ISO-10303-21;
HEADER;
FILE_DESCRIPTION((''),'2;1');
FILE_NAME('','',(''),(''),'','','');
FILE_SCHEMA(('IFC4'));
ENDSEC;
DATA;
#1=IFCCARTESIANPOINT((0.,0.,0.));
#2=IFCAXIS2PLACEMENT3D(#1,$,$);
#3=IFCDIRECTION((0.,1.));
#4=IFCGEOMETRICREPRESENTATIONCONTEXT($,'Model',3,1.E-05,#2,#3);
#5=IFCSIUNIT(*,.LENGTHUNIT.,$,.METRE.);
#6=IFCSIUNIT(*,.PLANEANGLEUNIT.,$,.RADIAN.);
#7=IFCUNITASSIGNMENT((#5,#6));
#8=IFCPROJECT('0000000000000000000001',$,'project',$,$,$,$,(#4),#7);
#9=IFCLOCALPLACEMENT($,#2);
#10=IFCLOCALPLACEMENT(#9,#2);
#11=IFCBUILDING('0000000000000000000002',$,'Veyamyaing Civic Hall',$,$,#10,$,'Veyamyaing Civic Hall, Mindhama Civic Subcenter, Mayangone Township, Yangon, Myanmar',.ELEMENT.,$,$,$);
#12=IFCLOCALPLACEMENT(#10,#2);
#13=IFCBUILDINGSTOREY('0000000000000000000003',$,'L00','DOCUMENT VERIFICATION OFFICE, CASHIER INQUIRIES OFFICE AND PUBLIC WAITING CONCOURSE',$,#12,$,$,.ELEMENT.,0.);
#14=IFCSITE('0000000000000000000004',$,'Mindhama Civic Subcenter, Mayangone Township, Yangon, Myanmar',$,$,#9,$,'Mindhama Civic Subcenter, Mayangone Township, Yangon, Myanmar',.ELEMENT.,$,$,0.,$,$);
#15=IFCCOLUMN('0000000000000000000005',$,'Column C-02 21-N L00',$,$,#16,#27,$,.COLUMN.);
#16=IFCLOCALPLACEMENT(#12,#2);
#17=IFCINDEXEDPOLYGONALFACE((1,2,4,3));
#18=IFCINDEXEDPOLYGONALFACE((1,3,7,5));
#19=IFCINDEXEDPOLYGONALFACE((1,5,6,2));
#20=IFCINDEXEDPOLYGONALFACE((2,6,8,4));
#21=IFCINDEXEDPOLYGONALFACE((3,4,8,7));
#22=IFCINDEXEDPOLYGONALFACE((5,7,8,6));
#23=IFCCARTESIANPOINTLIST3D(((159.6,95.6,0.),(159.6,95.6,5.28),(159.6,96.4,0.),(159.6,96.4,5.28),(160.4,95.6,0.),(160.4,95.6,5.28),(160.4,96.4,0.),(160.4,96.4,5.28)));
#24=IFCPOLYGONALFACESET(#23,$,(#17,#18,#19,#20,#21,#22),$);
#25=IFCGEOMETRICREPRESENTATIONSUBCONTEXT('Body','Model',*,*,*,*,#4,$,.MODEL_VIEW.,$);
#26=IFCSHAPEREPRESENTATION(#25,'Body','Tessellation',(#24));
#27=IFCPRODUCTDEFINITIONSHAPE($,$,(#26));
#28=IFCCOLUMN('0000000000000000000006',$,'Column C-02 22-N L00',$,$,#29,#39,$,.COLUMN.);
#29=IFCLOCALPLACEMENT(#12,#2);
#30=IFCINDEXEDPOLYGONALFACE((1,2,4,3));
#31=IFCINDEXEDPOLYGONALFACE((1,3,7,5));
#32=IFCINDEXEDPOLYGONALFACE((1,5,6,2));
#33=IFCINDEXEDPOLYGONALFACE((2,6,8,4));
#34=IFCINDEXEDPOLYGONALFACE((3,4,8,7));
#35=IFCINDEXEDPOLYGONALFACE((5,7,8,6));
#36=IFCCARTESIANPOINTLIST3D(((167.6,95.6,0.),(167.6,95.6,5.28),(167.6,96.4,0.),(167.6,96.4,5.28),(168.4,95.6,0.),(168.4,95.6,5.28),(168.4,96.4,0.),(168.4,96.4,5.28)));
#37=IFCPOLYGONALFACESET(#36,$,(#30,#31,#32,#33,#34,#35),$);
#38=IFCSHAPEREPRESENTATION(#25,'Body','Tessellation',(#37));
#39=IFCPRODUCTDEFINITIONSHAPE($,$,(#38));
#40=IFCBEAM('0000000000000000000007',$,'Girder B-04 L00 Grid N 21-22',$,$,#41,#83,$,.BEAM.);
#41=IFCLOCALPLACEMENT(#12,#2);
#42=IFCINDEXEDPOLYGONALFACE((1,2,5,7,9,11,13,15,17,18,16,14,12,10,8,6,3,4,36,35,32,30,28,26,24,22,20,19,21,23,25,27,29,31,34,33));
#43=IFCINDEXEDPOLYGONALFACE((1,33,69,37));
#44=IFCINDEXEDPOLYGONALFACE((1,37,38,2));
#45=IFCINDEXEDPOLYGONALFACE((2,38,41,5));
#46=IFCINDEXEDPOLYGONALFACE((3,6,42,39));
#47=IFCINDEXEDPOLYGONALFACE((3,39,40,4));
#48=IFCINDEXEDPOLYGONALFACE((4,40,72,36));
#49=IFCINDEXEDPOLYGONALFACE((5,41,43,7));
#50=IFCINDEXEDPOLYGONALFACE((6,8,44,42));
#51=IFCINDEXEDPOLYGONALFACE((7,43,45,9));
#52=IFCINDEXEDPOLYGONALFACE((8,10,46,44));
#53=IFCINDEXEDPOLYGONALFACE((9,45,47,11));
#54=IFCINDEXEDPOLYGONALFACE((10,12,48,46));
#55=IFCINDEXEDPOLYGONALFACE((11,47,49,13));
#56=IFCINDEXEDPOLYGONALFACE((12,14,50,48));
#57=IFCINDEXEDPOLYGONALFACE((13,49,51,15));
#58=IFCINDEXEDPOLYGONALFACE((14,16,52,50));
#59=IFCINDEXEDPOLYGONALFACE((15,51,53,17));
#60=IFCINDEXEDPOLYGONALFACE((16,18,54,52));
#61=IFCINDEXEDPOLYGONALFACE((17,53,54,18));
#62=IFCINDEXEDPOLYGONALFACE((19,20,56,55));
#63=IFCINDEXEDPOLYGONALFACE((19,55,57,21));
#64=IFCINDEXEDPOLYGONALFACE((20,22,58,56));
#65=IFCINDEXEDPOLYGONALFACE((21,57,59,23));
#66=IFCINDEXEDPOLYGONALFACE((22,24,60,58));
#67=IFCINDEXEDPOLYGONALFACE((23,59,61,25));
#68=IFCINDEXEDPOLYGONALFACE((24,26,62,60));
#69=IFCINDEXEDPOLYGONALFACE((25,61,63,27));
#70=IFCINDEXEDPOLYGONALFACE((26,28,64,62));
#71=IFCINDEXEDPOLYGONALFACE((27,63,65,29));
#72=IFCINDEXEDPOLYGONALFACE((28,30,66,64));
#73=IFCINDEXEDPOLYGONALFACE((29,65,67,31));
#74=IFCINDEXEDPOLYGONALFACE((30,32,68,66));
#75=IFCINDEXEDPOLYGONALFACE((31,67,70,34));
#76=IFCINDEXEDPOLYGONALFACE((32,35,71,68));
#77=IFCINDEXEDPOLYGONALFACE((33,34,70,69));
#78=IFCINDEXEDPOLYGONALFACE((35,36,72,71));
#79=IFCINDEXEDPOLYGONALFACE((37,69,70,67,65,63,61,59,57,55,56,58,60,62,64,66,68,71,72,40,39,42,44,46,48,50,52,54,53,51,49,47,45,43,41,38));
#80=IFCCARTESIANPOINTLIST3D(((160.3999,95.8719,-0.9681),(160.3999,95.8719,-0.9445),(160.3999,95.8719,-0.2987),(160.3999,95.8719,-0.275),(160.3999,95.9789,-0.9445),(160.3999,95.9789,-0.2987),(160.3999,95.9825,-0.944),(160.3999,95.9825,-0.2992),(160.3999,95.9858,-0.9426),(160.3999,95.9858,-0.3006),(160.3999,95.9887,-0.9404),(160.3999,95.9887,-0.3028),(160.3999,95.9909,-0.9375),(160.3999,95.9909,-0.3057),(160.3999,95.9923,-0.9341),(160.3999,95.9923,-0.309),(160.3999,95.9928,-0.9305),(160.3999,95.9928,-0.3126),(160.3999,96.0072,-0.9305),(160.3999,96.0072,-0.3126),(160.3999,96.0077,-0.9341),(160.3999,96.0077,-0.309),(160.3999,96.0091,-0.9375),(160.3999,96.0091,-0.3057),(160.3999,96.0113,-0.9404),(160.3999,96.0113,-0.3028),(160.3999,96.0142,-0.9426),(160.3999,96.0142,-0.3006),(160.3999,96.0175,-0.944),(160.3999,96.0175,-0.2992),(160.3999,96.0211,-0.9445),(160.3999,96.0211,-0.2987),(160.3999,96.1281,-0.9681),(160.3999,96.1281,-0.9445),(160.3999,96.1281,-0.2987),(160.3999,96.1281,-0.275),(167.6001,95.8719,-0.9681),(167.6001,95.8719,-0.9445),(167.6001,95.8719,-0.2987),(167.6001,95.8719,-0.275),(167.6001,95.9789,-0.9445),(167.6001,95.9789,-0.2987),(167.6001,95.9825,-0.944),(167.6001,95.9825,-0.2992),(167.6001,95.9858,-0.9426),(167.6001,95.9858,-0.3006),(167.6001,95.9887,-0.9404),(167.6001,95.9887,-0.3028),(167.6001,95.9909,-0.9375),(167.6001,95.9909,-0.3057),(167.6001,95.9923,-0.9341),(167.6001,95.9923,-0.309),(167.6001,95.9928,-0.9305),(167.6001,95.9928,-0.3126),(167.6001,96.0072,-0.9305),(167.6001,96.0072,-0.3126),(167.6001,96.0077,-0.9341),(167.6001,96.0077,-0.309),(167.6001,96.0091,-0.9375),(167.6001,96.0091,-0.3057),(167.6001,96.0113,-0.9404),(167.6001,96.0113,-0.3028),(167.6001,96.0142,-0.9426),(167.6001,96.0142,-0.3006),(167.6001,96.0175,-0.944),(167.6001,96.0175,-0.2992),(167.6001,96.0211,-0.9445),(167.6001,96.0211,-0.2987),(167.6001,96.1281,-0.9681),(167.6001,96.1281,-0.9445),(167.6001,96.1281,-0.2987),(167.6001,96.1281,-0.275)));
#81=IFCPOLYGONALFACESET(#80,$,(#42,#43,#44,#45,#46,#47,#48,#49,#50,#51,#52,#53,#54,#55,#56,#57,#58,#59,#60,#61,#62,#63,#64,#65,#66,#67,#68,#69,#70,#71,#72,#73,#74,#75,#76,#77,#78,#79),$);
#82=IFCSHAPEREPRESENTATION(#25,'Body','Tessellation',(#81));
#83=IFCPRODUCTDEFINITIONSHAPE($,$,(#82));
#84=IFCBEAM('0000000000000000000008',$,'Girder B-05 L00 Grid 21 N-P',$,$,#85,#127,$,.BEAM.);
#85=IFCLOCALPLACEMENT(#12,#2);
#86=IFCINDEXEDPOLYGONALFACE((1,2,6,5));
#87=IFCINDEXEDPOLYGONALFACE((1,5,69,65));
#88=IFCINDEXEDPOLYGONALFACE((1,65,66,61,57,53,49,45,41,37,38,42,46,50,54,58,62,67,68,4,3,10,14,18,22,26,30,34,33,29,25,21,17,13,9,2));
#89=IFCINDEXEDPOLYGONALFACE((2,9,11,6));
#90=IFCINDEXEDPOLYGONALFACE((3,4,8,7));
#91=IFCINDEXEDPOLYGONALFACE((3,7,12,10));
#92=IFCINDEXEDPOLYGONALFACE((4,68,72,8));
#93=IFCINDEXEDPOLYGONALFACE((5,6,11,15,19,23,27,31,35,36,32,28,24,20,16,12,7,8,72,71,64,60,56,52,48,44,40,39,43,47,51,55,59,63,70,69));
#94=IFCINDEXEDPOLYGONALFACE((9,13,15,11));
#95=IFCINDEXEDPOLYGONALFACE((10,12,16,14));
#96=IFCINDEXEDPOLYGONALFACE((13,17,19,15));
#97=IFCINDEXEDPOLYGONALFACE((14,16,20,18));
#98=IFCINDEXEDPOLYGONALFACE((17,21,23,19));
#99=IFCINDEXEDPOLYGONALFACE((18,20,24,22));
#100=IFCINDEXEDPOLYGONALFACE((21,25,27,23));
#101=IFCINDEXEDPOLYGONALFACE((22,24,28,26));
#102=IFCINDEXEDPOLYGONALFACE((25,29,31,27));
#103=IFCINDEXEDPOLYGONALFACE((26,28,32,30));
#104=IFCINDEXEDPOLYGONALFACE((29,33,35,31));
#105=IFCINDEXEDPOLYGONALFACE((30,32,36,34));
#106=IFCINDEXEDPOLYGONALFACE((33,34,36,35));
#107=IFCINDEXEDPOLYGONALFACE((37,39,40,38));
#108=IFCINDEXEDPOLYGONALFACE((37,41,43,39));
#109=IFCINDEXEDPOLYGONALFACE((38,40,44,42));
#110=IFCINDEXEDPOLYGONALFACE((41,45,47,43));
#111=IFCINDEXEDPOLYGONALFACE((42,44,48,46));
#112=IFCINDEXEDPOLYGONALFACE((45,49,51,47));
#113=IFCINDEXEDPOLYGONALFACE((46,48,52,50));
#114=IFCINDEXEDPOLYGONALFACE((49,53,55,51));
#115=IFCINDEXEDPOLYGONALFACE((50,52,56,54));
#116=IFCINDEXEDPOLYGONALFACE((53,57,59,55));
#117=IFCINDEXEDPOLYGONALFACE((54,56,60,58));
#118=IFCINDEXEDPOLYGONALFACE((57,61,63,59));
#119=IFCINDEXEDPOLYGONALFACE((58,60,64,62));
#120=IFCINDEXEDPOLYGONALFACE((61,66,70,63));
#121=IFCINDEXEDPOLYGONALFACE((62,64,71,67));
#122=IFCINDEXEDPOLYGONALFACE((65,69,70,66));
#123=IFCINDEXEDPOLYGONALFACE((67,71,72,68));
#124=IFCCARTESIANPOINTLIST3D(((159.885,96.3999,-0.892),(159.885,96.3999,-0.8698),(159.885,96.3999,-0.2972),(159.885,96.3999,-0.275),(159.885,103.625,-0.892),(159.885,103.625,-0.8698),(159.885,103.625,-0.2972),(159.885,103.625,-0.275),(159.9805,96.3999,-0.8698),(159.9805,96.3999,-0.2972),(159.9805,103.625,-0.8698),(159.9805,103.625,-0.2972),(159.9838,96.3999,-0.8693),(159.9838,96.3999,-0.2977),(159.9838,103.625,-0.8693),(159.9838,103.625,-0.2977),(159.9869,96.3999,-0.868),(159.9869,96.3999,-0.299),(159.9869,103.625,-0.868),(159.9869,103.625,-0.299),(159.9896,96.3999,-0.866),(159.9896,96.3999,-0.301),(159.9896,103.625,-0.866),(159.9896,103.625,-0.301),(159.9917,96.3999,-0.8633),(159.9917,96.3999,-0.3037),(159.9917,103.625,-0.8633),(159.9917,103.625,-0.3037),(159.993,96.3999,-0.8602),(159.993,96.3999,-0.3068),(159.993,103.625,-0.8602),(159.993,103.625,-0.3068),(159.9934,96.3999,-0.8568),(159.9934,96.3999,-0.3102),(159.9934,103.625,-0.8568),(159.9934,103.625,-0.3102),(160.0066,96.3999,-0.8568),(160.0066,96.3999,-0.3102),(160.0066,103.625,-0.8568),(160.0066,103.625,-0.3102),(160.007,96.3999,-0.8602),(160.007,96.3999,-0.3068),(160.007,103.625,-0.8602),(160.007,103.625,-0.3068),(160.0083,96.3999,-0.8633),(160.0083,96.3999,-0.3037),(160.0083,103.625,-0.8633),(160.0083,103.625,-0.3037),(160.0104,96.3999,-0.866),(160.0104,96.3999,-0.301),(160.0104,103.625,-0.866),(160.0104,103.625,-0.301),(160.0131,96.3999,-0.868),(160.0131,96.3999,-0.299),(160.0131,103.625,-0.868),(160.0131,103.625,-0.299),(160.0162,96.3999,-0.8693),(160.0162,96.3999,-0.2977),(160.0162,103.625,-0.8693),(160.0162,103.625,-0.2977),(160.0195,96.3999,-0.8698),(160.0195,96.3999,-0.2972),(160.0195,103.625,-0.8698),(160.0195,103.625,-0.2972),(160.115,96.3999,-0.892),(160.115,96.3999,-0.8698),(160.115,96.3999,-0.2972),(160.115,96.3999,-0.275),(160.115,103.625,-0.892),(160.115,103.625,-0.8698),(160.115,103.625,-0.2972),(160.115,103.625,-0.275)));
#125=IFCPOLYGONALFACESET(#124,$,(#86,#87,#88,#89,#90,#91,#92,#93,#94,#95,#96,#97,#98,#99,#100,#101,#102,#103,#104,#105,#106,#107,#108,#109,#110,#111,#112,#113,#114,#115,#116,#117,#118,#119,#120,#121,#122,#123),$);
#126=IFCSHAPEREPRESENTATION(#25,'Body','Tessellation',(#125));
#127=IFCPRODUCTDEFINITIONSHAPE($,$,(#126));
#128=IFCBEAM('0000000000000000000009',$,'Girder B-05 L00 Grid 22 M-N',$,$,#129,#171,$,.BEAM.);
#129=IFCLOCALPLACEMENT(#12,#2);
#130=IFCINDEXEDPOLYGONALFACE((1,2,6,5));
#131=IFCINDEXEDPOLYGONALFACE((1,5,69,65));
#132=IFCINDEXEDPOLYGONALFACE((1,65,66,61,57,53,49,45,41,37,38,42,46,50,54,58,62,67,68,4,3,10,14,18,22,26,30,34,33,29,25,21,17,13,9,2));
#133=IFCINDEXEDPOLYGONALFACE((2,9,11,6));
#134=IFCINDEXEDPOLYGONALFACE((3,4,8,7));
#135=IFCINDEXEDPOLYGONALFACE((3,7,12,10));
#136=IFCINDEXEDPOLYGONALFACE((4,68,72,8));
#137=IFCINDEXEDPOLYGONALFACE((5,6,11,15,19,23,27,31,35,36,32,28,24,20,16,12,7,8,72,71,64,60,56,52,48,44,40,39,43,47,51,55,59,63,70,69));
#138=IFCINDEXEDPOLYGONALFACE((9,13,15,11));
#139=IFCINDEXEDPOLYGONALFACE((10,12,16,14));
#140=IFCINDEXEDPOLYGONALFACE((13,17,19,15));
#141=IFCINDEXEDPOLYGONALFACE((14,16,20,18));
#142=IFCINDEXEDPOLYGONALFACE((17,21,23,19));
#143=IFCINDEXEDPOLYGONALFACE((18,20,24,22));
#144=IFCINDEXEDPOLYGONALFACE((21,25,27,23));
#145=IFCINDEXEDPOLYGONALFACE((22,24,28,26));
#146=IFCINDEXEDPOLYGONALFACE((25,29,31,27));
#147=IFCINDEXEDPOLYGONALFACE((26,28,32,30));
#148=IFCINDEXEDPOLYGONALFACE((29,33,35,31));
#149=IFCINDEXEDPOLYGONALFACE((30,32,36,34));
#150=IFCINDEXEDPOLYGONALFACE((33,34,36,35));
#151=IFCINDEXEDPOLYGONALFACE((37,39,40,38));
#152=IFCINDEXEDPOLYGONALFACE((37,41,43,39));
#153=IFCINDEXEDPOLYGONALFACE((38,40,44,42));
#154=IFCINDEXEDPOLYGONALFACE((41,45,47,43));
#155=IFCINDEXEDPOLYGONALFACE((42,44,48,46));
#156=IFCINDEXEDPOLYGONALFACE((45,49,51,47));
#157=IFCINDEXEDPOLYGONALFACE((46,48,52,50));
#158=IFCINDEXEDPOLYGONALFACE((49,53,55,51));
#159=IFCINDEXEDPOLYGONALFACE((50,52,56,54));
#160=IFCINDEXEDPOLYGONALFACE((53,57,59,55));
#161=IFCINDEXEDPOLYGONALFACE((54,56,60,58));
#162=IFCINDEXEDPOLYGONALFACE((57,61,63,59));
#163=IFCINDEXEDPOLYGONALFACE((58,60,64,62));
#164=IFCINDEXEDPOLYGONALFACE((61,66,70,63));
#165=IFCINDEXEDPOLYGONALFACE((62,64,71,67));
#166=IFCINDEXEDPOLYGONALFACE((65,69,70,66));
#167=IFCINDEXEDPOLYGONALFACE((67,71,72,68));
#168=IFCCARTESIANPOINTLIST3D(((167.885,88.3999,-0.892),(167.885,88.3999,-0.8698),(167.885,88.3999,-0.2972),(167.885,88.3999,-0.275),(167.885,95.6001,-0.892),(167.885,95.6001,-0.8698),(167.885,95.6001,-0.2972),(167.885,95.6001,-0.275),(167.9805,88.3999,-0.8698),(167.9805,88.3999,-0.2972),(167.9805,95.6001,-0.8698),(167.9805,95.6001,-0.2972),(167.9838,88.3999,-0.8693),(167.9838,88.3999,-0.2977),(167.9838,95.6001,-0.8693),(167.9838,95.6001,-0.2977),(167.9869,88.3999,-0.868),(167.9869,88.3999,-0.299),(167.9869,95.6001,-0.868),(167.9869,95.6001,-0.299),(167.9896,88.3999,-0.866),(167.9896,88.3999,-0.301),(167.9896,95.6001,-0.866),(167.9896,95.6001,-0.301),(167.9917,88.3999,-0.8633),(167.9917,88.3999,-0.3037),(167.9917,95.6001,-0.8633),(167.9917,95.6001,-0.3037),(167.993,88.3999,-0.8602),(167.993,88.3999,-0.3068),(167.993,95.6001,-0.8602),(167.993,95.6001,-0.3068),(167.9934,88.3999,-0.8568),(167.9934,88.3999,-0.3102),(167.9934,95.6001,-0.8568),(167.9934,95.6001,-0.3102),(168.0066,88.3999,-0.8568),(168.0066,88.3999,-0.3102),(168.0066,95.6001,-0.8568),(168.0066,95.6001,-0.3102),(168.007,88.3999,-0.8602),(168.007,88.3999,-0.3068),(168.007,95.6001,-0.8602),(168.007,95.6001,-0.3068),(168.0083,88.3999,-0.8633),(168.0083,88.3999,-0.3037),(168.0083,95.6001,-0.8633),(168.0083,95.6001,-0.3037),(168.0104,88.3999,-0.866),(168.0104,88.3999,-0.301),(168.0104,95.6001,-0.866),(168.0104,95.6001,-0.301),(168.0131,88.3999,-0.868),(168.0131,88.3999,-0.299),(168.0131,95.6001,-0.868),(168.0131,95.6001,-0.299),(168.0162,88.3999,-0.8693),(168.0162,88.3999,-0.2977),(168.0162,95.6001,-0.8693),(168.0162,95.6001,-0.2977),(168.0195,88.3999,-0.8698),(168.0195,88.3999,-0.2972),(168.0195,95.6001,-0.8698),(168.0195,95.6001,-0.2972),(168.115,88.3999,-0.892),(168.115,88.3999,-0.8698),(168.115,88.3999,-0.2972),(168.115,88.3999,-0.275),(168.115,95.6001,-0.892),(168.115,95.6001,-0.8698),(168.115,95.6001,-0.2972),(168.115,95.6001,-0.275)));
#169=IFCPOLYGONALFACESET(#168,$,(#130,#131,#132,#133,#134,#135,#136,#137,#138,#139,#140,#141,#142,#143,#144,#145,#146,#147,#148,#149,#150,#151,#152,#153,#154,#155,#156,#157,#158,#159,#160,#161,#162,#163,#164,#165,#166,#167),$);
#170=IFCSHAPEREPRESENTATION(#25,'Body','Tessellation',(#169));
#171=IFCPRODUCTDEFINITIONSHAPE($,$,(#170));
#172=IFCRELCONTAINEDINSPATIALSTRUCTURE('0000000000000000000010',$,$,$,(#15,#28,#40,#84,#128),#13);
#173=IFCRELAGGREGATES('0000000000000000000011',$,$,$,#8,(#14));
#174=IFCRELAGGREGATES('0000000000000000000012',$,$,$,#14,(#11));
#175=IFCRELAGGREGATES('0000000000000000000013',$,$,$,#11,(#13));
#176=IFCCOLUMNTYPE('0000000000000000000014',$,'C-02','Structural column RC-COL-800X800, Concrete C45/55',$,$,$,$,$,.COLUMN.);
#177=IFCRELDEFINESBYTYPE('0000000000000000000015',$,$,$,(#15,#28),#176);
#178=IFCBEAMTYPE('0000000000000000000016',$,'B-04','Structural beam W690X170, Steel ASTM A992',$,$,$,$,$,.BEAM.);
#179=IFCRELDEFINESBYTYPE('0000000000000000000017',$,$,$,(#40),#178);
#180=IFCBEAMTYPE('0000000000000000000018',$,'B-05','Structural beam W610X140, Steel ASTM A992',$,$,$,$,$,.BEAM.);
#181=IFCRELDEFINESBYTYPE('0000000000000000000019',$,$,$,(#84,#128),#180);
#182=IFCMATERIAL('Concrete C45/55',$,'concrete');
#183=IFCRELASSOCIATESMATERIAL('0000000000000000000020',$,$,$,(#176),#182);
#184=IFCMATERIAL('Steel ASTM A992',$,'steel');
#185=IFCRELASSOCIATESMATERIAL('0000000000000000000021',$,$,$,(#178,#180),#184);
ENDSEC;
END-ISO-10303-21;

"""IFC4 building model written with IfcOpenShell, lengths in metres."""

from ifc_helpers import new_model, si_unit, direction, frame, origin, origin_2d, place, context, subcontext, project, spatial, rectangle, i_section, extrude, material, material_profile, profile_set, type_object, element, save


model = new_model("IFC4")

# Units and contexts
model_context = context("Model", 3, precision=1e-05, world=origin(), true_north=direction((0.0, 1.0)))
body_context = subcontext(model_context, "Body", "Model", "MODEL_VIEW")
ifc_project = project(units=[si_unit("LENGTHUNIT", "METRE"), si_unit("PLANEANGLEUNIT", "RADIAN")], contexts=[model_context])

# Site, building, storey
site_placement = place(None, origin())
site = spatial("IfcSite", under=ifc_project, at=site_placement, Name="Mindhama Civic Subcenter, Mayangone Township, Yangon, Myanmar", LongName="Mindhama Civic Subcenter, Mayangone Township, Yangon, Myanmar", CompositionType="ELEMENT", RefElevation=0.0)
building_placement = place(site_placement, origin())
building = spatial("IfcBuilding", under=site, at=building_placement, Name="Veyamyaing Civic Hall", LongName="Veyamyaing Civic Hall, Mindhama Civic Subcenter, Mayangone Township, Yangon, Myanmar", CompositionType="ELEMENT")
storey_placement = place(building_placement, origin())
storey = spatial("IfcBuildingStorey", under=building, at=storey_placement, Name="L00", Description="DOCUMENT VERIFICATION OFFICE, CASHIER INQUIRIES OFFICE AND PUBLIC WAITING CONCOURSE", CompositionType="ELEMENT", Elevation=0.0)

# Columns
ifc_material_1 = material(Name="Concrete C45/55", Category="concrete")
ifc_material_profile_1 = material_profile(ifc_material_1, rectangle(XDim=0.8, YDim=0.8, at=origin_2d()), Name="RC-COL-800X800")
ifc_profile_set_1 = profile_set([ifc_material_profile_1], Name="Concrete C45/55")
column_type = type_object("IfcColumnType", Name="C-02", Description="Structural column RC-COL-800X800, Concrete C45/55", PredefinedType="COLUMN", material=ifc_profile_set_1)
for number, where, z_axis, x_axis, name in (
    (1, (160.0, 96.0, 0.0), (0.0, 0.0, 1.0), (1.0, 0.0, 0.0), "Column C-02 21-N L00"),
    (2, (168.0, 96.0, 0.0), (0.0, 0.0, 1.0), (1.0, 0.0, 0.0), "Column C-02 22-N L00"),
):
    element("IfcColumn", number, at=place(storey_placement, frame(where, z_axis=z_axis, x_axis=x_axis)), inside=storey, type_object=column_type, Name=name, PredefinedType="COLUMN", context=body_context, shape_type="SweptSolid", body=[
        extrude(rectangle(XDim=0.8, YDim=0.8, at=origin_2d()), origin(), (0.0, 0.0, 1.0), 5.28),
    ])

# Beams
ifc_material_2 = material(Name="Steel ASTM A992", Category="steel")
ifc_material_profile_2 = material_profile(ifc_material_2, i_section(OverallWidth=0.2561, OverallDepth=0.6931, WebThickness=0.0144, FlangeThickness=0.0237, FilletRadius=0.0139, at=origin_2d()), Name="W690X170")
ifc_profile_set_2 = profile_set([ifc_material_profile_2], Name="Steel ASTM A992")
beam_type_1 = type_object("IfcBeamType", Name="B-04", Description="Structural beam W690X170, Steel ASTM A992", PredefinedType="BEAM", material=ifc_profile_set_2)
beam_1_placement = place(storey_placement, frame((160.3999, 96.0, -0.6216), z_axis=(1.0, 0.0, 0.0), x_axis=(0.0, 1.0, 0.0)))
element("IfcBeam", 3, at=beam_1_placement, inside=storey, type_object=beam_type_1, Name="Girder B-04 L00 Grid N 21-22", PredefinedType="BEAM", context=body_context, shape_type="SweptSolid", body=[
    extrude(i_section(OverallWidth=0.2561, OverallDepth=0.6931, WebThickness=0.0144, FlangeThickness=0.0237, FilletRadius=0.0139, at=origin_2d()), origin(), (0.0, 0.0, 1.0), 7.2002),
])
ifc_material_profile_3 = material_profile(ifc_material_2, i_section(OverallWidth=0.23, OverallDepth=0.6169, WebThickness=0.0132, FlangeThickness=0.0222, FilletRadius=0.0129, at=origin_2d()), Name="W610X140")
ifc_profile_set_3 = profile_set([ifc_material_profile_3], Name="Steel ASTM A992")
beam_type_2 = type_object("IfcBeamType", Name="B-05", Description="Structural beam W610X140, Steel ASTM A992", PredefinedType="BEAM", material=ifc_profile_set_3)
beam_2_placement = place(storey_placement, frame((160.0, 96.3999, -0.5835), z_axis=(0.0, 1.0, 0.0), x_axis=(-1.0, 0.0, 0.0)))
element("IfcBeam", 4, at=beam_2_placement, inside=storey, type_object=beam_type_2, Name="Girder B-05 L00 Grid 21 N-P", PredefinedType="BEAM", context=body_context, shape_type="SweptSolid", body=[
    extrude(i_section(OverallWidth=0.23, OverallDepth=0.6169, WebThickness=0.0132, FlangeThickness=0.0222, FilletRadius=0.0129, at=origin_2d()), origin(), (0.0, 0.0, 1.0), 7.2251),
])
beam_3_placement = place(storey_placement, frame((168.0, 88.3999, -0.5835), z_axis=(0.0, 1.0, 0.0), x_axis=(-1.0, 0.0, 0.0)))
element("IfcBeam", 5, at=beam_3_placement, inside=storey, type_object=beam_type_2, Name="Girder B-05 L00 Grid 22 M-N", PredefinedType="BEAM", context=body_context, shape_type="SweptSolid", body=[
    extrude(i_section(OverallWidth=0.23, OverallDepth=0.6169, WebThickness=0.0132, FlangeThickness=0.0222, FilletRadius=0.0129, at=origin_2d()), origin(), (0.0, 0.0, 1.0), 7.2002),
])

save(model, "model.ifc")
